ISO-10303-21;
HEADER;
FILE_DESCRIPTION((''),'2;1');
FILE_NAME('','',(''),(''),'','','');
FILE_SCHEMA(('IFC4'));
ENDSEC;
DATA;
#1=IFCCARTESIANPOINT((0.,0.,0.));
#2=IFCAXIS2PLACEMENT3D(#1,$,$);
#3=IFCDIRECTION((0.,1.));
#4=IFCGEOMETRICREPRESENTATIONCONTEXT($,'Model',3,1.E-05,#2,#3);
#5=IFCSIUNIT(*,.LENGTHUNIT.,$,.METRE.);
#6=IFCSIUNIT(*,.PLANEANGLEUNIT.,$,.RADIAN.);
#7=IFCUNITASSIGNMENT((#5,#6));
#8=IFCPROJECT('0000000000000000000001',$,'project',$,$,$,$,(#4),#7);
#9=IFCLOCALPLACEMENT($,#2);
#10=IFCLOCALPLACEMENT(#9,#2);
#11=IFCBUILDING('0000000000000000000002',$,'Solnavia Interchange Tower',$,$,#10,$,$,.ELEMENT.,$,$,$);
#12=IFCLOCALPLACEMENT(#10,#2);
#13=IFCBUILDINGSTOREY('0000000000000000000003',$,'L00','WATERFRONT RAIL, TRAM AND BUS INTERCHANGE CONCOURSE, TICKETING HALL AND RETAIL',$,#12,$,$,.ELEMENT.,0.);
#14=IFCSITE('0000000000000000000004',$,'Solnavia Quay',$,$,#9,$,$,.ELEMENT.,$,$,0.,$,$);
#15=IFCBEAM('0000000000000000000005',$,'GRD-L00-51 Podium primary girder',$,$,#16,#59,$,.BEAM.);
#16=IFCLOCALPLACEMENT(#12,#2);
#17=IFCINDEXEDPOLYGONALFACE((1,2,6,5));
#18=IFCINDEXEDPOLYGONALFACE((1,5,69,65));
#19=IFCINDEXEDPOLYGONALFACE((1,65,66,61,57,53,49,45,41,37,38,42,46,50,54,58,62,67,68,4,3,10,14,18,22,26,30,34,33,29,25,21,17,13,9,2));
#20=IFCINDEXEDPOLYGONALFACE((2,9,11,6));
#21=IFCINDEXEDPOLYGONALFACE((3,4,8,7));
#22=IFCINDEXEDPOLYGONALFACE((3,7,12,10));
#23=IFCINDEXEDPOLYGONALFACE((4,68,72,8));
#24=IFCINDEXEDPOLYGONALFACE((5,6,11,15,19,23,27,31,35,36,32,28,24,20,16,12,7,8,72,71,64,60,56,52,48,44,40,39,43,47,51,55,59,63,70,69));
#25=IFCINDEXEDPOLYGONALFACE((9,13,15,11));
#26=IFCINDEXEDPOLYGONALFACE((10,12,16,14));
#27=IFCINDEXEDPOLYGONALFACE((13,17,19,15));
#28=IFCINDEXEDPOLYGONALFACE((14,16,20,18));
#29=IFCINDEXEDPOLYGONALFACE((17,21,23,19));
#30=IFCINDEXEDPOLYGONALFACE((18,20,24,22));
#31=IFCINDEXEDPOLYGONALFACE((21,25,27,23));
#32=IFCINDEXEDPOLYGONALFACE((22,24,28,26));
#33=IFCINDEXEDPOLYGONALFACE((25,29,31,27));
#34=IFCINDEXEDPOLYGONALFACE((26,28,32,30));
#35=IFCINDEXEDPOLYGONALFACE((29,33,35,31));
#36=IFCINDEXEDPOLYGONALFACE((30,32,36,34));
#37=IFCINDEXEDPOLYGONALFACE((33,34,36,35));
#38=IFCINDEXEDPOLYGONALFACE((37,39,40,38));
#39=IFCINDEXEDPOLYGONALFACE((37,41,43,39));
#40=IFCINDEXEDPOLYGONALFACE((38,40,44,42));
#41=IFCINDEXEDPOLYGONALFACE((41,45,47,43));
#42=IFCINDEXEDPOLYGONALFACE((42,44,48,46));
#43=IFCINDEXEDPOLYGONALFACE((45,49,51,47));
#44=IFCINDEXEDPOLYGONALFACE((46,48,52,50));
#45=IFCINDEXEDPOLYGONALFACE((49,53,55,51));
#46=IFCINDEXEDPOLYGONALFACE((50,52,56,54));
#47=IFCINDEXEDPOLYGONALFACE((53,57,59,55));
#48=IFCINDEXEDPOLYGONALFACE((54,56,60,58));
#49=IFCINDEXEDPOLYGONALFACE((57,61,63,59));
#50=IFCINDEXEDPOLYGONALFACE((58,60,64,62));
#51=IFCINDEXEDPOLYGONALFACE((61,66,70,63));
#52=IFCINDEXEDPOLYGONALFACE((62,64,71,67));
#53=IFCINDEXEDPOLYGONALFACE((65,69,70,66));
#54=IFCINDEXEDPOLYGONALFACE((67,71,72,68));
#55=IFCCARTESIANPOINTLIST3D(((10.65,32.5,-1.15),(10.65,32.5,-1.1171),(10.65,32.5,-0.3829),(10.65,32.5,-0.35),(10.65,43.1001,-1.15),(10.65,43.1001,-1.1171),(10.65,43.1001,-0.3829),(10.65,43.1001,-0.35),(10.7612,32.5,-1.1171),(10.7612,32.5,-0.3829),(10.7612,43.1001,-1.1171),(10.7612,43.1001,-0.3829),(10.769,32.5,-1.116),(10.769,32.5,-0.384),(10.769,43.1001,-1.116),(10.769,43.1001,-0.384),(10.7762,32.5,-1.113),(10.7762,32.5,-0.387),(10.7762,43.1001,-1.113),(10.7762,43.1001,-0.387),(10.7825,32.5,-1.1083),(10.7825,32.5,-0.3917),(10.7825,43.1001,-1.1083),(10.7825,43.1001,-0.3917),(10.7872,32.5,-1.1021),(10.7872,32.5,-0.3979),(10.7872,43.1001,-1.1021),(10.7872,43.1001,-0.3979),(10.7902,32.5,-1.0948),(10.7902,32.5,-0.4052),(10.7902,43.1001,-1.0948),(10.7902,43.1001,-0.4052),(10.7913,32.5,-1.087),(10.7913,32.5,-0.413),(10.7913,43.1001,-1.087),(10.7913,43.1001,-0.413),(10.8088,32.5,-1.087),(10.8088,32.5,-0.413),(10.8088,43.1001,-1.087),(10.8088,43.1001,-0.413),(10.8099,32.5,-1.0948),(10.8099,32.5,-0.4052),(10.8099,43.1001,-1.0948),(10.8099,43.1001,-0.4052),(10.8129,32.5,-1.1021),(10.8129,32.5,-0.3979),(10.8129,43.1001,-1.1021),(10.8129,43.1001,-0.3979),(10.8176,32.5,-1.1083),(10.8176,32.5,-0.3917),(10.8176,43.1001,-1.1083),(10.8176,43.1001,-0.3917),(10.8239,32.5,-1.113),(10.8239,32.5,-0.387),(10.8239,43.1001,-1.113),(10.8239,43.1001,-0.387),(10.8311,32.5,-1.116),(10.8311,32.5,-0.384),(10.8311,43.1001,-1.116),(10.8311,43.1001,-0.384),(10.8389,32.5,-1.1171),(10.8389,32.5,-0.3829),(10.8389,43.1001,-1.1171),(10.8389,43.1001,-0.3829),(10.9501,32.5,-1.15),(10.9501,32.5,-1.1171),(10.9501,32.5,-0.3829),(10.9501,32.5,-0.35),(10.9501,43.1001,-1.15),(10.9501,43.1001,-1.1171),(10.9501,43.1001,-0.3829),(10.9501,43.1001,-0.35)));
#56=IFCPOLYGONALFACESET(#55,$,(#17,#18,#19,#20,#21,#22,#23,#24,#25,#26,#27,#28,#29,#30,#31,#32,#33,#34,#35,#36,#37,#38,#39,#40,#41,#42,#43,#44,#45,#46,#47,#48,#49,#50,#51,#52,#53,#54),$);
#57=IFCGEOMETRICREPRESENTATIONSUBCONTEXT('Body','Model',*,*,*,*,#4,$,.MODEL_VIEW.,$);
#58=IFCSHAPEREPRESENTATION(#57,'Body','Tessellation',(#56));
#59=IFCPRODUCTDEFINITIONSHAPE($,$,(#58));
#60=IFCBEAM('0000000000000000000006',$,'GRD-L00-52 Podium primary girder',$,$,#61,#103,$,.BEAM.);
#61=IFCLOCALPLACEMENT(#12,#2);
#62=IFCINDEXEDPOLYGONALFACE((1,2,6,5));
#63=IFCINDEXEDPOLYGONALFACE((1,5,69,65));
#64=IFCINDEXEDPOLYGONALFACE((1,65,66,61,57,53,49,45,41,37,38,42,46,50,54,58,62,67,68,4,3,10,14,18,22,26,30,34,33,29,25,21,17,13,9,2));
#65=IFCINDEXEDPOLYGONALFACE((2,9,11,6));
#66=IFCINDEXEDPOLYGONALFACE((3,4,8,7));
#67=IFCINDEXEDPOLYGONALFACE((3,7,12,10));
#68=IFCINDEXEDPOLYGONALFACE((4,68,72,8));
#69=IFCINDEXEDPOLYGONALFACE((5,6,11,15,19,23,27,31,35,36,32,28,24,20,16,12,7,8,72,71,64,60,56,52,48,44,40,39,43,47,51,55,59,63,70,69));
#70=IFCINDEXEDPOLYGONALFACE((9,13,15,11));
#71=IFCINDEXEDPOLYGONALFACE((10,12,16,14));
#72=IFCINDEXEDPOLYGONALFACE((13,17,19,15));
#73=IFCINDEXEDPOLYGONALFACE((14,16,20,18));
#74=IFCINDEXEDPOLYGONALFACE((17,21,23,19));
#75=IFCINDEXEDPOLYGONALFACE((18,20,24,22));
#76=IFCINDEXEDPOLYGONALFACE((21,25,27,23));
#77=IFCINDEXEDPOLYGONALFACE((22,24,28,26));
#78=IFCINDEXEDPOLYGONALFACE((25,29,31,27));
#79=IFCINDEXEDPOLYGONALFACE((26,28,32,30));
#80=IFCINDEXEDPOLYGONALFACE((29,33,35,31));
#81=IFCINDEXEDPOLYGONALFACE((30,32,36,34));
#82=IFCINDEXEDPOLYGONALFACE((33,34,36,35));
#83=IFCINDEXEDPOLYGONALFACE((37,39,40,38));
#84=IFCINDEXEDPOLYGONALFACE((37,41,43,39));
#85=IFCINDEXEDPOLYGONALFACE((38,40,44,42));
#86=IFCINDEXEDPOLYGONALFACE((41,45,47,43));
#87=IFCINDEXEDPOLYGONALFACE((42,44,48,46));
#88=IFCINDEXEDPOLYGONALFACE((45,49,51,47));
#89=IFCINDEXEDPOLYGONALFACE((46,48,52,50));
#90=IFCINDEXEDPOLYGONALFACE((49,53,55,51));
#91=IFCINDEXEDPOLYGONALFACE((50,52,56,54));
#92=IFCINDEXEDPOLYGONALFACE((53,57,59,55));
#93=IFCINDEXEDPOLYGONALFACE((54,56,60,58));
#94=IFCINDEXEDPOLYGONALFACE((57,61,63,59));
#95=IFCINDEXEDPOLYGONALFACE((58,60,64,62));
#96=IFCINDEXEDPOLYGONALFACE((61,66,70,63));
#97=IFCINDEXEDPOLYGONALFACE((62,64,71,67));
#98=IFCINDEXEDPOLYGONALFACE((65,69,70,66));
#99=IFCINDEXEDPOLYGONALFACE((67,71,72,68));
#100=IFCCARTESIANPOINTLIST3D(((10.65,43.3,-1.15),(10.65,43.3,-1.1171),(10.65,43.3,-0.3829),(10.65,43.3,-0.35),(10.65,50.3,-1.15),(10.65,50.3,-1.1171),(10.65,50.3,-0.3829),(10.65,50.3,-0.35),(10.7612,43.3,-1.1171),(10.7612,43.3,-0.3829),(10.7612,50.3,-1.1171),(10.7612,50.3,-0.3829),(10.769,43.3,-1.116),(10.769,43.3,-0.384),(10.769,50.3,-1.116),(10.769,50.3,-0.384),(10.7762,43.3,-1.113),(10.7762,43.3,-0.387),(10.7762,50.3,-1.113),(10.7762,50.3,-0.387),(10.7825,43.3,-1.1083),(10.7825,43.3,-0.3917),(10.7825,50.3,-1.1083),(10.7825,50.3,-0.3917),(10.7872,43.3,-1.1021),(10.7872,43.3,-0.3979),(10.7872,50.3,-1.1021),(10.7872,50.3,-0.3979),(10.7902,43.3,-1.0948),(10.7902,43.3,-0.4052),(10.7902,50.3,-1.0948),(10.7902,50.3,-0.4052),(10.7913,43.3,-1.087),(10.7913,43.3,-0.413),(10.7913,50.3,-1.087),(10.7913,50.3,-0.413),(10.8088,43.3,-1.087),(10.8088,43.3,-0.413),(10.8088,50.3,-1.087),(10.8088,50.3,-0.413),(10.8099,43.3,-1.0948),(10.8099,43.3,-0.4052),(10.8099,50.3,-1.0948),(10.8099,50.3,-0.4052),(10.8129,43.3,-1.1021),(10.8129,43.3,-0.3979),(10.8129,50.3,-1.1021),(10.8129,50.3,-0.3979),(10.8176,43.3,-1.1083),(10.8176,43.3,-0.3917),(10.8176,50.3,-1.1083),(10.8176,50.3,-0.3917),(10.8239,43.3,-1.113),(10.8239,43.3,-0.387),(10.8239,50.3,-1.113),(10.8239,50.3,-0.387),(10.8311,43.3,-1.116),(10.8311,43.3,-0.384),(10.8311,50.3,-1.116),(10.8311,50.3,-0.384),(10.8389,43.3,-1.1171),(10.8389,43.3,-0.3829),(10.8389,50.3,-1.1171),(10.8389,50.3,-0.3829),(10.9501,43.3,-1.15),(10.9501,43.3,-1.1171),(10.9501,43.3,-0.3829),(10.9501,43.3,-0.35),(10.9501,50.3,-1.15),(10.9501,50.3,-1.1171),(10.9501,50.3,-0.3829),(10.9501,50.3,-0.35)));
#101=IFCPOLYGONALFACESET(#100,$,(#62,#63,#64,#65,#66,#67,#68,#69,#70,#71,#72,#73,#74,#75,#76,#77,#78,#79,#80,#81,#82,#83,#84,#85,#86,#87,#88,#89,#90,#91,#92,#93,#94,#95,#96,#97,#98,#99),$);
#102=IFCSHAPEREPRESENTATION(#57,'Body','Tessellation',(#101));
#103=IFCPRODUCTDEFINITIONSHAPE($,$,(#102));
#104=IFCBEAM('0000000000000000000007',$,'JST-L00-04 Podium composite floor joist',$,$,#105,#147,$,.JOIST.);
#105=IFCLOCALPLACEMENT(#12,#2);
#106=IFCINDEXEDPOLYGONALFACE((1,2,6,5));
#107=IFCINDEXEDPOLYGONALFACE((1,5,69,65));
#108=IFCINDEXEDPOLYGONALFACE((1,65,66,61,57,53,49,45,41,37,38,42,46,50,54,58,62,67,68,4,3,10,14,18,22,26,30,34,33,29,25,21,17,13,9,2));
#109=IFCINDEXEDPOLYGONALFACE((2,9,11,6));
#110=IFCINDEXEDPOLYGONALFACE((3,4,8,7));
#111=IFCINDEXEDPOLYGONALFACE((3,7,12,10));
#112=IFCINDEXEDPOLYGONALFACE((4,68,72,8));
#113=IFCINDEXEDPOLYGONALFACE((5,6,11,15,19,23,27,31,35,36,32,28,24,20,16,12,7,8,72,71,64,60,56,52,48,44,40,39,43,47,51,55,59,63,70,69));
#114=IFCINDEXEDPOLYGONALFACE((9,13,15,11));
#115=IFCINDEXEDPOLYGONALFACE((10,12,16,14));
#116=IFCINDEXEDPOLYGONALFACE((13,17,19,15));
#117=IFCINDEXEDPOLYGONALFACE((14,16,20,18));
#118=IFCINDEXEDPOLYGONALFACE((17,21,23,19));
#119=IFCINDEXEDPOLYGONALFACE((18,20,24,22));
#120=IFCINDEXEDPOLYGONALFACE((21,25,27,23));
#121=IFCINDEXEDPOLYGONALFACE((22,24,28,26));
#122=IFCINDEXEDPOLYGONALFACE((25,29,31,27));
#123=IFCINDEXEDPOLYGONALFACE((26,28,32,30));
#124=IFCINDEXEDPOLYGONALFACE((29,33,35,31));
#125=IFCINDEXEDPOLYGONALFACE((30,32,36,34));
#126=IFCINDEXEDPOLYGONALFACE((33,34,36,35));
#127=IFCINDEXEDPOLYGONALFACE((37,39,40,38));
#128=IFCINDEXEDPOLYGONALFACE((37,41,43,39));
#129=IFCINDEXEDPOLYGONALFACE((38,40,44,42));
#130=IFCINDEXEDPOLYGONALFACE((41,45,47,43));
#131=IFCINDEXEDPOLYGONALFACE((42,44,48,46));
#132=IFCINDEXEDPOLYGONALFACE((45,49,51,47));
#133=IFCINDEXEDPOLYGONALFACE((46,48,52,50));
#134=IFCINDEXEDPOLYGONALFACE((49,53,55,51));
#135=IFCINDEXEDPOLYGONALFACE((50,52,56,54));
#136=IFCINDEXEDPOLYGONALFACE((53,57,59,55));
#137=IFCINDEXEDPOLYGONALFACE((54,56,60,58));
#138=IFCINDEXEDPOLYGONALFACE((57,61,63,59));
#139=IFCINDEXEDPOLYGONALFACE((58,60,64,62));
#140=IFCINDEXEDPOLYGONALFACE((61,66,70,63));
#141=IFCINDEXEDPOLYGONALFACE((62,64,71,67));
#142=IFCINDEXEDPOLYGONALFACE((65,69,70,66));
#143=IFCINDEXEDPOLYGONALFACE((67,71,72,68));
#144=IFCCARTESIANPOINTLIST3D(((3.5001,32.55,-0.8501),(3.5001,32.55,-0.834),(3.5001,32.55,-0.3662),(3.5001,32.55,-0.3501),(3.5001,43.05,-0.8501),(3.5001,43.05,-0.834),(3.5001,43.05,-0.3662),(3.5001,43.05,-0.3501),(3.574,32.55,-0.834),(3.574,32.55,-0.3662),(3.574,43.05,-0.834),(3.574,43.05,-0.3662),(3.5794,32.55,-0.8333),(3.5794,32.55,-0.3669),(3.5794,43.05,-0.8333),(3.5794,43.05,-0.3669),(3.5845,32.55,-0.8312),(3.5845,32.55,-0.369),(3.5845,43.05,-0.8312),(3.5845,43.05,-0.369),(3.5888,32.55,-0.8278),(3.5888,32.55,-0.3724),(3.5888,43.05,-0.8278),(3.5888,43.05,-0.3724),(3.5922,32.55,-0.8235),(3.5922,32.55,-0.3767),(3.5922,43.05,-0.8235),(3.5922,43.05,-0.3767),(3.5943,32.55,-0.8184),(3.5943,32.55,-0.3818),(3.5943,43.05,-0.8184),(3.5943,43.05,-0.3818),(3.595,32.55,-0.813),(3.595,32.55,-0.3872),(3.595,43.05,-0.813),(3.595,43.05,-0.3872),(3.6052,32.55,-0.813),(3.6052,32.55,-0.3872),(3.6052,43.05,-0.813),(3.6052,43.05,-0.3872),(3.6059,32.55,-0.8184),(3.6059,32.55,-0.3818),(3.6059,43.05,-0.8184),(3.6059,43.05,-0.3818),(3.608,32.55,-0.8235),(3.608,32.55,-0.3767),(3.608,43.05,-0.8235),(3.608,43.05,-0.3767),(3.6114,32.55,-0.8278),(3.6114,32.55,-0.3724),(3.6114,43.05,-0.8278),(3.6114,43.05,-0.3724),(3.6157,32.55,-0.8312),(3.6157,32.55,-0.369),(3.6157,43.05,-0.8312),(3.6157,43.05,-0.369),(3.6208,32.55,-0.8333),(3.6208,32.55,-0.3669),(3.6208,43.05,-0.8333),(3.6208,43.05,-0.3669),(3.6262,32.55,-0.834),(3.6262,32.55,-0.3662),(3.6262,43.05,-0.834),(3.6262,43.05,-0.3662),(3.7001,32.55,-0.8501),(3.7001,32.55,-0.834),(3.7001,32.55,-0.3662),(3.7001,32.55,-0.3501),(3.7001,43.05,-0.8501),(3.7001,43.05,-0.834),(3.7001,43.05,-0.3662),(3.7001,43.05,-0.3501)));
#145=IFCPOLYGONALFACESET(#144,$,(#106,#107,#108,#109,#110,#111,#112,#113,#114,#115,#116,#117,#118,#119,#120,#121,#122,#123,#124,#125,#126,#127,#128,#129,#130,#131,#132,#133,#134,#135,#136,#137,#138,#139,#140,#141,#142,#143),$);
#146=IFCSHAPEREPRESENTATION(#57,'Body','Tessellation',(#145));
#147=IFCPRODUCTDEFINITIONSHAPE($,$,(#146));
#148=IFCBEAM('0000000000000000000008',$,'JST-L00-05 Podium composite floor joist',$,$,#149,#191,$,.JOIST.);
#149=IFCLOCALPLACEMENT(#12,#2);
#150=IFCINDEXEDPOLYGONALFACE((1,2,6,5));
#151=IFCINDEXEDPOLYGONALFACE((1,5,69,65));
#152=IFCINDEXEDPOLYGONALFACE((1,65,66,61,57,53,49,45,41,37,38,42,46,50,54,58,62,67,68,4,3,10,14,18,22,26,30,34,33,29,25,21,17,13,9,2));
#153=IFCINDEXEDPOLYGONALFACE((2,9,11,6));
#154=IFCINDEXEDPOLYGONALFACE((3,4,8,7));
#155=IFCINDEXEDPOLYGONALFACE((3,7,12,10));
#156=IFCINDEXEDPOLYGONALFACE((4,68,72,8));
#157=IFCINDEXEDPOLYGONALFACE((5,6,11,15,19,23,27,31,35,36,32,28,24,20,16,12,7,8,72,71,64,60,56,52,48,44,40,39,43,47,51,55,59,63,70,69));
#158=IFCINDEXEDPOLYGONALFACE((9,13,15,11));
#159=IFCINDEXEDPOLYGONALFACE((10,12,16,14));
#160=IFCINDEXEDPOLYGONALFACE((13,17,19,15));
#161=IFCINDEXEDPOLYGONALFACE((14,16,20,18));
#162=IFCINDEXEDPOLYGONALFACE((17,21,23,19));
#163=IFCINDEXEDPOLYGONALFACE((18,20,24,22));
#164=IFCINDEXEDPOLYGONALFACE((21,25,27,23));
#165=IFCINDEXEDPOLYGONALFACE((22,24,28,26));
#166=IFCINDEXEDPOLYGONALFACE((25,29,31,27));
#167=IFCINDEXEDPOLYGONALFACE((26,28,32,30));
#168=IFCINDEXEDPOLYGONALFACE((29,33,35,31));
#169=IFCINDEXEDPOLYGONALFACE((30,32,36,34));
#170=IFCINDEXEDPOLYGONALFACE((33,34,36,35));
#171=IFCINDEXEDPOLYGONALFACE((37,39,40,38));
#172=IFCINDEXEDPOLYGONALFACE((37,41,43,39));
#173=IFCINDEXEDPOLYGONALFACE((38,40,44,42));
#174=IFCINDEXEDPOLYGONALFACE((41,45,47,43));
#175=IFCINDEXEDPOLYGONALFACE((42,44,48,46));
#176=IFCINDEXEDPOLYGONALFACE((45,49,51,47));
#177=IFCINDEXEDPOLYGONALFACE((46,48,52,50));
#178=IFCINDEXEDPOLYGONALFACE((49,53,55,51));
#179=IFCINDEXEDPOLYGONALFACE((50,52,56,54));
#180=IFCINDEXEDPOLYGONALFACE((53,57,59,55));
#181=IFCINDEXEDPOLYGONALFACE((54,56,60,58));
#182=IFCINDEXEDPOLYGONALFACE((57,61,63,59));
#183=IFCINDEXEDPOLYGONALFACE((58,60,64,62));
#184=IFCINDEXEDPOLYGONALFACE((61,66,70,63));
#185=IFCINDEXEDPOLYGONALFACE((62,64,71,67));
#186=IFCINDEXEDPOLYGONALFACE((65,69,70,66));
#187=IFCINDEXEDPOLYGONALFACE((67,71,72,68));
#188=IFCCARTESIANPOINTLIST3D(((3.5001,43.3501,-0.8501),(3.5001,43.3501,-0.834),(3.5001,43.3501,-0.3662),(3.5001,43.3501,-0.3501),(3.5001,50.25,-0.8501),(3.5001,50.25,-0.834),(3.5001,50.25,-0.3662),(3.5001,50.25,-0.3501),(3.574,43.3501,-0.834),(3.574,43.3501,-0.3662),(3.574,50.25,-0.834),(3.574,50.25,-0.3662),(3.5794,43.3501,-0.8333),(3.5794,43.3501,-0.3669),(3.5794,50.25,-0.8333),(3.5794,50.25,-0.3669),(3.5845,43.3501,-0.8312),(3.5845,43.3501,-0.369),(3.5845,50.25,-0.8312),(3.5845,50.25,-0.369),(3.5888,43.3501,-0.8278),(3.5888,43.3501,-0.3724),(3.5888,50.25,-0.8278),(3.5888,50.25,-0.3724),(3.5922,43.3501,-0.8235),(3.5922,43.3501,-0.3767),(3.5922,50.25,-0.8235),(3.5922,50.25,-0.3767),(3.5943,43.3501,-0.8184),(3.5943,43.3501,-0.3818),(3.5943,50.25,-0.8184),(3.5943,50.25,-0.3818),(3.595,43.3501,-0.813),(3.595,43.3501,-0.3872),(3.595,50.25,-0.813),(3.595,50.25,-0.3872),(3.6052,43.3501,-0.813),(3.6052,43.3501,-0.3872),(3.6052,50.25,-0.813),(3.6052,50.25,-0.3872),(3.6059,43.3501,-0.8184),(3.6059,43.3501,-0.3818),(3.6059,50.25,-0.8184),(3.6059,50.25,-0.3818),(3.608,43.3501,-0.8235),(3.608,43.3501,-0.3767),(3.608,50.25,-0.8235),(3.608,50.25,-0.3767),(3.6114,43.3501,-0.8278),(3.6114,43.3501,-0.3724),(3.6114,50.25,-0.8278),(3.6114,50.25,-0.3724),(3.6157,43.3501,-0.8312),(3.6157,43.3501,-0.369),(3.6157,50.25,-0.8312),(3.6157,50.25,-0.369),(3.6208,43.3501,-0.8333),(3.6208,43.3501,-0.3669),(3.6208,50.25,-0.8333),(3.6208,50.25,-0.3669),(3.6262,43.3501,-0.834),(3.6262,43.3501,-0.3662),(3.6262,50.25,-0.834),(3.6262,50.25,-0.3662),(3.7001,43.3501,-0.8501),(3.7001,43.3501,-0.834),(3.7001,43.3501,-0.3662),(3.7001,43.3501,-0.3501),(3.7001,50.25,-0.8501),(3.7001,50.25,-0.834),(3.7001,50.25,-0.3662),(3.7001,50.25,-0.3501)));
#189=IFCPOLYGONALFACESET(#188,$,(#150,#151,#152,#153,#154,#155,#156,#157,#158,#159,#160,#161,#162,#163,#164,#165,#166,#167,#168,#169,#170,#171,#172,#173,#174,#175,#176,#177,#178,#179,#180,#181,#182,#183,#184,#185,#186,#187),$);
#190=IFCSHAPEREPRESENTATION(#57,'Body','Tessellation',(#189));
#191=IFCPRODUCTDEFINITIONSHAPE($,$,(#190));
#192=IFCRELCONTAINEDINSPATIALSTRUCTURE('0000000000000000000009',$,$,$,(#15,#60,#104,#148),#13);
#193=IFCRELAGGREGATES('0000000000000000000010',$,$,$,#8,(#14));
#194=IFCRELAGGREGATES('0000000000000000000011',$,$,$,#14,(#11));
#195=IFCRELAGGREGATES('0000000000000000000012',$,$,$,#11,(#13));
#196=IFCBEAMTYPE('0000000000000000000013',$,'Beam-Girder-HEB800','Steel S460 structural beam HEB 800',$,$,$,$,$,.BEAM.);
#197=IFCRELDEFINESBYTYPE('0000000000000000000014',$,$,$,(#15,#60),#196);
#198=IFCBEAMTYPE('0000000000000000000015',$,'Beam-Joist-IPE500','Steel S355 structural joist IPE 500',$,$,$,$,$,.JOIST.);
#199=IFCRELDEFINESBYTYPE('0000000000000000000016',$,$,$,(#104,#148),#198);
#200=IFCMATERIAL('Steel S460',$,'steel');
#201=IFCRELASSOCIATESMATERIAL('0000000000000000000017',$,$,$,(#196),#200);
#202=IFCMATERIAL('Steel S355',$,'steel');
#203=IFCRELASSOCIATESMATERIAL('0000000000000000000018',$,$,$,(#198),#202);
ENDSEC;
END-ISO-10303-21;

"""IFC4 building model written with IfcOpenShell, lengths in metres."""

from ifc_helpers import new_model, si_unit, direction, frame, origin, origin_2d, place, context, subcontext, project, spatial, i_section, extrude, material, material_profile, profile_set, type_object, element, save


model = new_model("IFC4")

# Units and contexts
model_context = context("Model", 3, precision=1e-05, world=origin(), true_north=direction((0.0, 1.0)))
body_context = subcontext(model_context, "Body", "Model", "MODEL_VIEW")
ifc_project = project(units=[si_unit("LENGTHUNIT", "METRE"), si_unit("PLANEANGLEUNIT", "RADIAN")], contexts=[model_context])

# Site, building, storey
site_placement = place(None, origin())
site = spatial("IfcSite", under=ifc_project, at=site_placement, Name="Solnavia Quay", CompositionType="ELEMENT", RefElevation=0.0)
building_placement = place(site_placement, origin())
building = spatial("IfcBuilding", under=site, at=building_placement, Name="Solnavia Interchange Tower", CompositionType="ELEMENT")
storey_placement = place(building_placement, origin())
storey = spatial("IfcBuildingStorey", under=building, at=storey_placement, Name="L00", Description="WATERFRONT RAIL, TRAM AND BUS INTERCHANGE CONCOURSE, TICKETING HALL AND RETAIL", CompositionType="ELEMENT", Elevation=0.0)

# Beams
ifc_material_1 = material(Name="Steel S460", Category="steel")
ifc_material_profile_1 = material_profile(ifc_material_1, i_section(OverallWidth=0.3, OverallDepth=0.8, WebThickness=0.0176, FlangeThickness=0.033, FilletRadius=0.03, at=origin_2d()), Name="HEB 800")
ifc_profile_set_1 = profile_set([ifc_material_profile_1], Name="Steel S460")
beam_type_1 = type_object("IfcBeamType", Name="Beam-Girder-HEB800", Description="Steel S460 structural beam HEB 800", PredefinedType="BEAM", material=ifc_profile_set_1)
beam_1_placement = place(storey_placement, frame((10.8, 32.5, -0.75), z_axis=(0.0, 1.0, 0.0), x_axis=(-1.0, 0.0, 0.0)))
element("IfcBeam", 1, at=beam_1_placement, inside=storey, type_object=beam_type_1, Name="GRD-L00-51 Podium primary girder", PredefinedType="BEAM", context=body_context, shape_type="SweptSolid", body=[
    extrude(i_section(OverallWidth=0.3, OverallDepth=0.8, WebThickness=0.0176, FlangeThickness=0.033, FilletRadius=0.03, at=origin_2d()), origin(), (0.0, 0.0, 1.0), 10.6001),
])
beam_2_placement = place(storey_placement, frame((10.8, 43.3, -0.75), z_axis=(0.0, 1.0, 0.0), x_axis=(-1.0, 0.0, 0.0)))
element("IfcBeam", 2, at=beam_2_placement, inside=storey, type_object=beam_type_1, Name="GRD-L00-52 Podium primary girder", PredefinedType="BEAM", context=body_context, shape_type="SweptSolid", body=[
    extrude(i_section(OverallWidth=0.3, OverallDepth=0.8, WebThickness=0.0176, FlangeThickness=0.033, FilletRadius=0.03, at=origin_2d()), origin(), (0.0, 0.0, 1.0), 7.0),
])
ifc_material_2 = material(Name="Steel S355", Category="steel")
ifc_material_profile_2 = material_profile(ifc_material_2, i_section(OverallWidth=0.2, OverallDepth=0.5, WebThickness=0.0103, FlangeThickness=0.0161, FilletRadius=0.021, at=origin_2d()), Name="IPE 500")
ifc_profile_set_2 = profile_set([ifc_material_profile_2], Name="Steel S355")
beam_type_2 = type_object("IfcBeamType", Name="Beam-Joist-IPE500", Description="Steel S355 structural joist IPE 500", PredefinedType="JOIST", material=ifc_profile_set_2)
beam_3_placement = place(storey_placement, frame((3.6001, 32.55, -0.6001), z_axis=(0.0, 1.0, 0.0), x_axis=(-1.0, 0.0, 0.0)))
element("IfcBeam", 3, at=beam_3_placement, inside=storey, type_object=beam_type_2, Name="JST-L00-04 Podium composite floor joist", PredefinedType="JOIST", context=body_context, shape_type="SweptSolid", body=[
    extrude(i_section(OverallWidth=0.2, OverallDepth=0.5, WebThickness=0.0103, FlangeThickness=0.0161, FilletRadius=0.021, at=origin_2d()), origin(), (0.0, 0.0, 1.0), 10.5),
])
beam_4_placement = place(storey_placement, frame((3.6001, 43.3501, -0.6001), z_axis=(0.0, 1.0, 0.0), x_axis=(-1.0, 0.0, 0.0)))
element("IfcBeam", 4, at=beam_4_placement, inside=storey, type_object=beam_type_2, Name="JST-L00-05 Podium composite floor joist", PredefinedType="JOIST", context=body_context, shape_type="SweptSolid", body=[
    extrude(i_section(OverallWidth=0.2, OverallDepth=0.5, WebThickness=0.0103, FlangeThickness=0.0161, FilletRadius=0.021, at=origin_2d()), origin(), (0.0, 0.0, 1.0), 6.8999),
])

save(model, "model.ifc")
